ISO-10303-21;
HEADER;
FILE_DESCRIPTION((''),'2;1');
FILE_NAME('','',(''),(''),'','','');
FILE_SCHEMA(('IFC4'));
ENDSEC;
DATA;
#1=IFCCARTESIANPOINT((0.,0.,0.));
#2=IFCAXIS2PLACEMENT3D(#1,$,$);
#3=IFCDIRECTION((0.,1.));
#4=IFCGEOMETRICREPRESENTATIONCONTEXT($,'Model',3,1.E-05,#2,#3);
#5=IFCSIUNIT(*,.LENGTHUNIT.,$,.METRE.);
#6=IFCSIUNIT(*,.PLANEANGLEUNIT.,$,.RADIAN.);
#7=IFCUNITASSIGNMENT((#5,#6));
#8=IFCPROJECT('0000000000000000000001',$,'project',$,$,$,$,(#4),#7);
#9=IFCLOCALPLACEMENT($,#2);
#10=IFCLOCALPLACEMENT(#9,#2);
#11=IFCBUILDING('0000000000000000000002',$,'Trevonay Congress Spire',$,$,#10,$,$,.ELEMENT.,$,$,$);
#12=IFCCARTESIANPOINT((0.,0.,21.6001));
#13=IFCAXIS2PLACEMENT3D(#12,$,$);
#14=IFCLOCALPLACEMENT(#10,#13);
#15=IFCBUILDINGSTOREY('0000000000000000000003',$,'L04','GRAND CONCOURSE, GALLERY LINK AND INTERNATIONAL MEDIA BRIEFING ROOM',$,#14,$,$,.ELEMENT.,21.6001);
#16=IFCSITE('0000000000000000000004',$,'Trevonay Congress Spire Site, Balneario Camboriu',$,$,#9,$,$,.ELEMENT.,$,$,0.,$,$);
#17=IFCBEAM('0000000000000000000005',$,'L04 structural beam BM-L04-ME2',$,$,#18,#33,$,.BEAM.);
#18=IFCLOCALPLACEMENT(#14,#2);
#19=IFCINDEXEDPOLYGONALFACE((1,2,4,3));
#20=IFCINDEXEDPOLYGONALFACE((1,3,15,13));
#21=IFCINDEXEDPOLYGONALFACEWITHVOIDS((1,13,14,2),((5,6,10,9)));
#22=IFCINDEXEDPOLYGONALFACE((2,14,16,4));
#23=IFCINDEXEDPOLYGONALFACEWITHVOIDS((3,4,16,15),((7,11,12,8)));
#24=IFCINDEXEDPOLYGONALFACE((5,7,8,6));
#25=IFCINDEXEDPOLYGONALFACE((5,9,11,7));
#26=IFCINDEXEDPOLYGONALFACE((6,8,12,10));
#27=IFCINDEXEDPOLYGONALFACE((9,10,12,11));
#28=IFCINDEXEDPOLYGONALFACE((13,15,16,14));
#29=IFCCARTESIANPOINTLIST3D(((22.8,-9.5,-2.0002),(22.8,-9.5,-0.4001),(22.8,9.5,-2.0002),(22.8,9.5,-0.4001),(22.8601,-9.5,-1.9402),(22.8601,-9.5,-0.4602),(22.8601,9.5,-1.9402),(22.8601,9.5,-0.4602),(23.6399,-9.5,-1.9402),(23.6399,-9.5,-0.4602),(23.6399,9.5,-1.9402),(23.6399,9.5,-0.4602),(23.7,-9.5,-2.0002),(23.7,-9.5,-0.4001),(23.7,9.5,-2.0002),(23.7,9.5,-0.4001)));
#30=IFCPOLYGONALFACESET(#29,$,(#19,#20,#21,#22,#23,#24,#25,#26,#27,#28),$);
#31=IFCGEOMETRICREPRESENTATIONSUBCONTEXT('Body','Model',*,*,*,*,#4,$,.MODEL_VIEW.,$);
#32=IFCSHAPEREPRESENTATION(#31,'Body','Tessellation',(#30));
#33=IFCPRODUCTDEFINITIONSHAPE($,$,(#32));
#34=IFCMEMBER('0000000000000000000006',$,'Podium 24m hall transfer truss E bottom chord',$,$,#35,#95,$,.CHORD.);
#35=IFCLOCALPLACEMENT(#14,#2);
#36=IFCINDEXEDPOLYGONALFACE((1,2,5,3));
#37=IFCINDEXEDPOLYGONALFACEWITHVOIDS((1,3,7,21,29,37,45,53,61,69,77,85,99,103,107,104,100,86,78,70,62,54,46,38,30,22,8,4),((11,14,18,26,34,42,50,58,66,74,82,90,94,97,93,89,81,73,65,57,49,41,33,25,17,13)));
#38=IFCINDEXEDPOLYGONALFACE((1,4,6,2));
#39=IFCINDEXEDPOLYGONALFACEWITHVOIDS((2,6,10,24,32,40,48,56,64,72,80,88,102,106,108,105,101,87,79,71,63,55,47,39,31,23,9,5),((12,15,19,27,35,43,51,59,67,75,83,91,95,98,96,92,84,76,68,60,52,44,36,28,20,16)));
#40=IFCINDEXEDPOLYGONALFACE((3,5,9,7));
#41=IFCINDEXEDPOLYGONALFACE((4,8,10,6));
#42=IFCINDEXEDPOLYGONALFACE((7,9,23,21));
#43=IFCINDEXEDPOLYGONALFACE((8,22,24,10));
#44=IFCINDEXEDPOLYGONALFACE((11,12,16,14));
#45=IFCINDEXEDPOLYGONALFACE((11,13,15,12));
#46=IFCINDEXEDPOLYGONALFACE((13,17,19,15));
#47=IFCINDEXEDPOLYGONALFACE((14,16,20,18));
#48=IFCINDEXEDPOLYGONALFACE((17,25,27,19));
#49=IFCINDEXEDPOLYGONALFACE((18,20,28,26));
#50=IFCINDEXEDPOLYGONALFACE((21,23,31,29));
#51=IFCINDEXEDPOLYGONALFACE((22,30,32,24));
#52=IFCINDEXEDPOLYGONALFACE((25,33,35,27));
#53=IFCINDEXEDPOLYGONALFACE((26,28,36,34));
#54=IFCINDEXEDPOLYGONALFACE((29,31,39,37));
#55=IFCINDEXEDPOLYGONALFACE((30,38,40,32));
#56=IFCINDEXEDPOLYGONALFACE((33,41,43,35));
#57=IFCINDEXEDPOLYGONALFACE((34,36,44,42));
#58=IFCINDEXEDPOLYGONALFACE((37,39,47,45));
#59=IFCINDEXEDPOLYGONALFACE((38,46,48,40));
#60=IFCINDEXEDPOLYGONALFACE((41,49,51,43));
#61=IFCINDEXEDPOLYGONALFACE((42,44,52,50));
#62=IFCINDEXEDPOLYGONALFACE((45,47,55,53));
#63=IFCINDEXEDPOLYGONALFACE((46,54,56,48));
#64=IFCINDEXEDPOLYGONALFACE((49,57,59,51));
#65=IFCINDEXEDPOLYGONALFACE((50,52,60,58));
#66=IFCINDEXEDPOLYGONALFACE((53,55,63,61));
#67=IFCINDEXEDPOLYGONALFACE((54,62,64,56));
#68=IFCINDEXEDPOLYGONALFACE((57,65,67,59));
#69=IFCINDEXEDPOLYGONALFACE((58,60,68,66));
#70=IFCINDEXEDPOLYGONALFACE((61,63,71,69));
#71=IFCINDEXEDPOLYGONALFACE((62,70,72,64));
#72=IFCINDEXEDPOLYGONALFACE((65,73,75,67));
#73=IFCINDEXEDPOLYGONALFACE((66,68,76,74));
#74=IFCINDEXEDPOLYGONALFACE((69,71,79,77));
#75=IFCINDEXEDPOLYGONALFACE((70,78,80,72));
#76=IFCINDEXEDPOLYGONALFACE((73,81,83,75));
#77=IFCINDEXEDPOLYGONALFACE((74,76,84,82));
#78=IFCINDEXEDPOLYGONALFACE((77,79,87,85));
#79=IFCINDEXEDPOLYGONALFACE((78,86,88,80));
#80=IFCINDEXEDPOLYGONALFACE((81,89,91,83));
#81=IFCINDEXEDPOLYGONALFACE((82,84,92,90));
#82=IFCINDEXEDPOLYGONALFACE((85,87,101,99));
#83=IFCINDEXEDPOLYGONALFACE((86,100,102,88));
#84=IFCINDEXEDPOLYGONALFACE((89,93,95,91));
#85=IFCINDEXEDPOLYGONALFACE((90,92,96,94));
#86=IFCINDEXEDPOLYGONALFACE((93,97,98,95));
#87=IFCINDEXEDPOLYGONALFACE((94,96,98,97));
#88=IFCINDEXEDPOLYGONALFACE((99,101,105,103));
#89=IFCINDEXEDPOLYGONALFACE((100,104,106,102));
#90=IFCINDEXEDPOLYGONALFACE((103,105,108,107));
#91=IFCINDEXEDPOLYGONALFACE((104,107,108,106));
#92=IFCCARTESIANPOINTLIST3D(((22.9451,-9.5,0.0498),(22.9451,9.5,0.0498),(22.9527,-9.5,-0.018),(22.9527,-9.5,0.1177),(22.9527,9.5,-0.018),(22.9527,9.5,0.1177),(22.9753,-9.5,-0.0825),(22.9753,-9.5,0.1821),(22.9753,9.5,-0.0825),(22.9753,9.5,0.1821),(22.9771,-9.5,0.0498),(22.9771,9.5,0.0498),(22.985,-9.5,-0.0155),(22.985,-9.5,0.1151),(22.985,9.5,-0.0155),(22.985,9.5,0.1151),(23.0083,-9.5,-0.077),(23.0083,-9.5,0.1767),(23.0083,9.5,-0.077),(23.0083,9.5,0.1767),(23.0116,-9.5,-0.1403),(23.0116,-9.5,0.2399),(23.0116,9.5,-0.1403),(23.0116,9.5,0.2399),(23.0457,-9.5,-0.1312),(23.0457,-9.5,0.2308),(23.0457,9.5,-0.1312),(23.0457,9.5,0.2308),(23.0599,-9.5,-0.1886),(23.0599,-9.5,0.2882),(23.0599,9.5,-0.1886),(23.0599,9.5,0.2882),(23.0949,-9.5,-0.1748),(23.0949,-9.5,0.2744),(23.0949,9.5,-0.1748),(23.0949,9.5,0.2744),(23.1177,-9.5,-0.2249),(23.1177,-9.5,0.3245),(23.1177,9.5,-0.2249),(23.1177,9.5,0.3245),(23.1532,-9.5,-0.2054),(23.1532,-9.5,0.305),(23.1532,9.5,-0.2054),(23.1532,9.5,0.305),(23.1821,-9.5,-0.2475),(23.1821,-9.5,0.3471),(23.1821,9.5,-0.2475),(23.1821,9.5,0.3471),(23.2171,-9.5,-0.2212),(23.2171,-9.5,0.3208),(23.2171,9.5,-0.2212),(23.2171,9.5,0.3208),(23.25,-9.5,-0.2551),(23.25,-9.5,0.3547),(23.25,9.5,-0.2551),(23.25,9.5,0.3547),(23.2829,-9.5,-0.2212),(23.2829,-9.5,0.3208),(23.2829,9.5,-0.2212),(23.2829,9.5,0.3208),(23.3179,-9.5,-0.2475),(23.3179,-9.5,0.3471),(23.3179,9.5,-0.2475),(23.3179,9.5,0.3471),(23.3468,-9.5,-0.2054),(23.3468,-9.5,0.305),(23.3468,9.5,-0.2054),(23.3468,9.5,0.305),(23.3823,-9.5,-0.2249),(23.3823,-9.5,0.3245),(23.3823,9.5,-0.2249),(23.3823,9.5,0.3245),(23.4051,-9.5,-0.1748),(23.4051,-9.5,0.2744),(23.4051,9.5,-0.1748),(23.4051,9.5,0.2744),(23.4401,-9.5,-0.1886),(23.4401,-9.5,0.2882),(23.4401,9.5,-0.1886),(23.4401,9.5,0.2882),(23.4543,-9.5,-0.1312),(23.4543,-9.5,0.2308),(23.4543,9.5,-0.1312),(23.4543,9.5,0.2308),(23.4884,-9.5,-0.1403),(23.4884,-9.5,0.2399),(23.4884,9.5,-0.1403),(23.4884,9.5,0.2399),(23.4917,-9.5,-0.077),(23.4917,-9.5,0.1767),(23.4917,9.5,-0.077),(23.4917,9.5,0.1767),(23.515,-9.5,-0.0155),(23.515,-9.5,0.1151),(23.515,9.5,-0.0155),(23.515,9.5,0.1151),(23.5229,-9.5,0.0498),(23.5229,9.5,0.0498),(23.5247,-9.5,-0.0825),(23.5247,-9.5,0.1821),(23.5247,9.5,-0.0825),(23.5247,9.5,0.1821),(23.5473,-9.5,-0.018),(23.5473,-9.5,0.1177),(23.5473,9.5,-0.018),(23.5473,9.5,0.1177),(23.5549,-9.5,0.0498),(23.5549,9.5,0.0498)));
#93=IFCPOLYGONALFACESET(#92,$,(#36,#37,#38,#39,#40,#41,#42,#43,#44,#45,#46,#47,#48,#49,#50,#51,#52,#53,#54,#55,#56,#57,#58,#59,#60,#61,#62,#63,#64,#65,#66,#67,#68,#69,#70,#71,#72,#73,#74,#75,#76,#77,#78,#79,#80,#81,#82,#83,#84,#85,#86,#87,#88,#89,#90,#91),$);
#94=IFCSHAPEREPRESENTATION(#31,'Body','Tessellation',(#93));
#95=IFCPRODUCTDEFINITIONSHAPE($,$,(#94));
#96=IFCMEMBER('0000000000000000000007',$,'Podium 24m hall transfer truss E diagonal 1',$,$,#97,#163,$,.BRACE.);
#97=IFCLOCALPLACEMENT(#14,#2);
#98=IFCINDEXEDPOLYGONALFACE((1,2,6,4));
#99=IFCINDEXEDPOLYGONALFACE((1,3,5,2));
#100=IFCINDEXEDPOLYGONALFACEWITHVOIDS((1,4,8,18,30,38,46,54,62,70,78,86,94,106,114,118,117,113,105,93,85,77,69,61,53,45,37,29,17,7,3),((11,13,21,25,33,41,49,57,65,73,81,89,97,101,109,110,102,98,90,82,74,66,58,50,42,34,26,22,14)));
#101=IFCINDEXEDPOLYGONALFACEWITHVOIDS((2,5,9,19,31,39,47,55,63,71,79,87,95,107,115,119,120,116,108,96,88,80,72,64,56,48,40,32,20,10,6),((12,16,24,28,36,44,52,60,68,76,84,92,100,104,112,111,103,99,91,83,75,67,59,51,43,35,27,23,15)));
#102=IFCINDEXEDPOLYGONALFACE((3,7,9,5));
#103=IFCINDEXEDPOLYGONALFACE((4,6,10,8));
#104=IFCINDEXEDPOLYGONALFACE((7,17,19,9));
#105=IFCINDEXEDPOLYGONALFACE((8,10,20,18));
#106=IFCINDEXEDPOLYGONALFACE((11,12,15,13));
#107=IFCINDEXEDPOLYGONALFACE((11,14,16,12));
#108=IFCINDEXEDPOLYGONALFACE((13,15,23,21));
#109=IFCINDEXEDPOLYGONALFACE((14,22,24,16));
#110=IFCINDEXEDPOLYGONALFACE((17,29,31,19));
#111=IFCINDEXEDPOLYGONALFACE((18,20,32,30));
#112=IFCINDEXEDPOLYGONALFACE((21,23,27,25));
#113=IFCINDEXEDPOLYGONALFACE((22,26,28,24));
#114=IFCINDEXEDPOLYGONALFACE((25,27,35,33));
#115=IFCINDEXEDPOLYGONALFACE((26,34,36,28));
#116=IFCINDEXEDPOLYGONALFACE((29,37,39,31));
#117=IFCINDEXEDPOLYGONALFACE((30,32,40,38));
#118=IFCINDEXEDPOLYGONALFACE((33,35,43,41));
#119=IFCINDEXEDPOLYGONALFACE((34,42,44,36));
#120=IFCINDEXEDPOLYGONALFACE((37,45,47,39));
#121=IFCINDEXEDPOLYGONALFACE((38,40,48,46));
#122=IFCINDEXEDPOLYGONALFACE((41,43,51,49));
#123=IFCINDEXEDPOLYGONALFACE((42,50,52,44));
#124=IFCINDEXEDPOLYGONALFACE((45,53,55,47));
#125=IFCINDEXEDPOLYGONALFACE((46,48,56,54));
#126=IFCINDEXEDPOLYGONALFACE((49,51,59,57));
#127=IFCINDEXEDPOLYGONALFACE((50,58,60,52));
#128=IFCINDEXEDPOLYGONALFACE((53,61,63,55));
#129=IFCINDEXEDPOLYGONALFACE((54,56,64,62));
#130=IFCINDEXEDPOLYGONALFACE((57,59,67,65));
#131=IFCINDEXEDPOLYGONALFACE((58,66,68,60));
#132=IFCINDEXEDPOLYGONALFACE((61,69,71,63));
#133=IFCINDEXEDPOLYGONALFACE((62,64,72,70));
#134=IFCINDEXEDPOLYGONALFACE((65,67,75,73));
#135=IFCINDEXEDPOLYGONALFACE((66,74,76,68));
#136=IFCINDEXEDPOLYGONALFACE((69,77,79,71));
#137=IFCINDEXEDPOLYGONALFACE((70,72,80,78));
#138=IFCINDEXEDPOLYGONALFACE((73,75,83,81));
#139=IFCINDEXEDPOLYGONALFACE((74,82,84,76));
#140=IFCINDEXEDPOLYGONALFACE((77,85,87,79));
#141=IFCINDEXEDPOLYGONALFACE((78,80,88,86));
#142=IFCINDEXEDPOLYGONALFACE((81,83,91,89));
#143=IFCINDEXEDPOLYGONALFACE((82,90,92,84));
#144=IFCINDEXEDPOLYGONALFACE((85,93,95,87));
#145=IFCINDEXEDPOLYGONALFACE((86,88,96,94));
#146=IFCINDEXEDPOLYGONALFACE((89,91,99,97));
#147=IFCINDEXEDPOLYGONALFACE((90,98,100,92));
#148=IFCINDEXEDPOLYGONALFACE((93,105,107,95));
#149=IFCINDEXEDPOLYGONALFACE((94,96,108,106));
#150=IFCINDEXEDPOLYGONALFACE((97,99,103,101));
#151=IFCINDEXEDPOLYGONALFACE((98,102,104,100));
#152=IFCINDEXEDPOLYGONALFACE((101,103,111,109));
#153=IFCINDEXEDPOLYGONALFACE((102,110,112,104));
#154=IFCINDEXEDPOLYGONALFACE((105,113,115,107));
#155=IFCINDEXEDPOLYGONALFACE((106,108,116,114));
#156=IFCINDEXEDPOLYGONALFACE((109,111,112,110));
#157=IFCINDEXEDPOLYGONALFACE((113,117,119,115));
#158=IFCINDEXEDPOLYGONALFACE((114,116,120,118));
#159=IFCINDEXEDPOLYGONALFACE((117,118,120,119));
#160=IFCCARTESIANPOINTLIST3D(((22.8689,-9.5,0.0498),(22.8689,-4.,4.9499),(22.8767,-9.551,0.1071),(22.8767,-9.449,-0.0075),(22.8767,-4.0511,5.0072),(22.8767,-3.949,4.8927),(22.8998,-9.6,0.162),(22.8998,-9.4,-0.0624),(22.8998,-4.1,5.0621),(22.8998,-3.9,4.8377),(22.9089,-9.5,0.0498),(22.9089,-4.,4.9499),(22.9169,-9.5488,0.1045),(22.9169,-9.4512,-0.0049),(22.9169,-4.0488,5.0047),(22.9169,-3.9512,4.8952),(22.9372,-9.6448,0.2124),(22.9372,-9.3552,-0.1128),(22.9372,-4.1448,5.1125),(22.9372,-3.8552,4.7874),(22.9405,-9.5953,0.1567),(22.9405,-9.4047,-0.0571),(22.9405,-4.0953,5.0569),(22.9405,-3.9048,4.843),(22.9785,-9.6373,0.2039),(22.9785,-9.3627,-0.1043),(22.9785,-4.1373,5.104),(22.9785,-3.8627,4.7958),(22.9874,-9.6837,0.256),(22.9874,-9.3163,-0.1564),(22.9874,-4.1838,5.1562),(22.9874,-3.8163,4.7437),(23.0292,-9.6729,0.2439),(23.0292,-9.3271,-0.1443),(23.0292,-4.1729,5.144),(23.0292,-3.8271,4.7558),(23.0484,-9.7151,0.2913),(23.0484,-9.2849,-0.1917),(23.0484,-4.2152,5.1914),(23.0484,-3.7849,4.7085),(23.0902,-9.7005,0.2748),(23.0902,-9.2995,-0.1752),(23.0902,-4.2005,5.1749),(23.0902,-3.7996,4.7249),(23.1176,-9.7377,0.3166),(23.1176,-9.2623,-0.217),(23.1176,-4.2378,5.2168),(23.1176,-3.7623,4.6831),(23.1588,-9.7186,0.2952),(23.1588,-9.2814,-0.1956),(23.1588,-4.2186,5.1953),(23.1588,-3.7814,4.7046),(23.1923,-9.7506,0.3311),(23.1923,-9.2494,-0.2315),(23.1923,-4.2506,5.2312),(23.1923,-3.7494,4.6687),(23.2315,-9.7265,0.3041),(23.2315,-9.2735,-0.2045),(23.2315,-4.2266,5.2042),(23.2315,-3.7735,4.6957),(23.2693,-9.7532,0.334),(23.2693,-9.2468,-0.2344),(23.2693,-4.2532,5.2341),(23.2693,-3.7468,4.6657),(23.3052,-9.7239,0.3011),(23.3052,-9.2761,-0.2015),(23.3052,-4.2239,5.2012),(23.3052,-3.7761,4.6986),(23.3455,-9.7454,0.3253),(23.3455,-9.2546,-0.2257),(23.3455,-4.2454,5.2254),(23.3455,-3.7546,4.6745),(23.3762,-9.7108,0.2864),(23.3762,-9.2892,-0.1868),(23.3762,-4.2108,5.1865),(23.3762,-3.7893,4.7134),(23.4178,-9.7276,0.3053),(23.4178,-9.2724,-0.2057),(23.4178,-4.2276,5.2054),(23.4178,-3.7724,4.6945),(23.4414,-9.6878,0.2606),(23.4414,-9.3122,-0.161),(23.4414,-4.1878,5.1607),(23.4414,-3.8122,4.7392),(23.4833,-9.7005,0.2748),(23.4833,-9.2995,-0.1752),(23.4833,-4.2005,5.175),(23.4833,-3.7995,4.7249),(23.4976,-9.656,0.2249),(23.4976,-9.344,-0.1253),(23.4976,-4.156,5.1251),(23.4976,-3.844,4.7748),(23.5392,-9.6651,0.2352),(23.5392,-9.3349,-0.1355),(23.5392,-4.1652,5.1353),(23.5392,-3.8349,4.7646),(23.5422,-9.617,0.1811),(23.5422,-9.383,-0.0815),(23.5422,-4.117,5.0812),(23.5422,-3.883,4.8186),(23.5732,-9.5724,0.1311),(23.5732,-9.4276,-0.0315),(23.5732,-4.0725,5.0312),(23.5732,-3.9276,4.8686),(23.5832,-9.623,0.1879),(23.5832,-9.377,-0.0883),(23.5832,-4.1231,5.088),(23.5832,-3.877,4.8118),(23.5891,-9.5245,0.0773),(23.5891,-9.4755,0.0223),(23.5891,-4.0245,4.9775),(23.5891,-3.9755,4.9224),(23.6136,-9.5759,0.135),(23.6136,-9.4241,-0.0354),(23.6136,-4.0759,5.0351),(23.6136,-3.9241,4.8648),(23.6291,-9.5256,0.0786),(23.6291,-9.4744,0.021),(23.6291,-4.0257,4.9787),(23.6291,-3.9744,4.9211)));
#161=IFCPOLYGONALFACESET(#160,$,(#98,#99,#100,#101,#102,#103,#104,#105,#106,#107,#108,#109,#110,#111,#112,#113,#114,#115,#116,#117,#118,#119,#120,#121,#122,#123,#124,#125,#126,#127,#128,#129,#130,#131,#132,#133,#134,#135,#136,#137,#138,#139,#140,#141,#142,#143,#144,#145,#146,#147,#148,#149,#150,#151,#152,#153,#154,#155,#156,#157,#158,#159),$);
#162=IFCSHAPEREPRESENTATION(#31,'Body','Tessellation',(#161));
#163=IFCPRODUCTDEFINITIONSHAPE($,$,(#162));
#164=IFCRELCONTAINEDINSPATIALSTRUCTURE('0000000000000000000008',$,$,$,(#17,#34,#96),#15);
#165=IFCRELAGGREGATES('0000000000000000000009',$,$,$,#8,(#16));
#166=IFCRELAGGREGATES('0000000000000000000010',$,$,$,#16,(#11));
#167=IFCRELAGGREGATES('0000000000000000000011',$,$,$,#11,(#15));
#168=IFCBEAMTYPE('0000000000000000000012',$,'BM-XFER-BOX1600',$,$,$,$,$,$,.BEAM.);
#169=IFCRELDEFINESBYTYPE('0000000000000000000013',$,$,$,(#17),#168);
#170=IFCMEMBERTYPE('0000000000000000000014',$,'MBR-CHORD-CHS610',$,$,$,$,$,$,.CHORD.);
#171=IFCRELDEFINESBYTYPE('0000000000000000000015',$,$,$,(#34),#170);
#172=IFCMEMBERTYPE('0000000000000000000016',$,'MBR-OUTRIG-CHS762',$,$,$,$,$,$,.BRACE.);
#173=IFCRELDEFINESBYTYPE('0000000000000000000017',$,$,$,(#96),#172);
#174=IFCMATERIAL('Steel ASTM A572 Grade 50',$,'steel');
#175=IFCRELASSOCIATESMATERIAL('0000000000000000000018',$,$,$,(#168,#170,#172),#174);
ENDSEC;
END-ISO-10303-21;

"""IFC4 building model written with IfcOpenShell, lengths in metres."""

from ifc_helpers import new_model, si_unit, direction, frame, origin, origin_2d, place, context, subcontext, project, spatial, hollow_rectangle, hollow_circle, extrude, material, material_profile, profile_set, type_object, element, save


model = new_model("IFC4")

# Units and contexts
model_context = context("Model", 3, precision=1e-05, world=origin(), true_north=direction((0.0, 1.0)))
body_context = subcontext(model_context, "Body", "Model", "MODEL_VIEW")
ifc_project = project(units=[si_unit("LENGTHUNIT", "METRE"), si_unit("PLANEANGLEUNIT", "RADIAN")], contexts=[model_context])

# Site, building, storey
site_placement = place(None, origin())
site = spatial("IfcSite", under=ifc_project, at=site_placement, Name="Trevonay Congress Spire Site, Balneario Camboriu", CompositionType="ELEMENT", RefElevation=0.0)
building_placement = place(site_placement, origin())
building = spatial("IfcBuilding", under=site, at=building_placement, Name="Trevonay Congress Spire", CompositionType="ELEMENT")
storey_placement = place(building_placement, frame((0.0, 0.0, 21.6001)))
storey = spatial("IfcBuildingStorey", under=building, at=storey_placement, Name="L04", Description="GRAND CONCOURSE, GALLERY LINK AND INTERNATIONAL MEDIA BRIEFING ROOM", CompositionType="ELEMENT", Elevation=21.6001)

# Shared definitions
ifc_material_1 = material(Name="Steel ASTM A572 Grade 50", Category="steel")

# Beam
ifc_material_profile_1 = material_profile(ifc_material_1, hollow_rectangle(XDim=0.8999, YDim=1.6001, WallThickness=0.0601, at=origin_2d()), Name="BOX 1600x900x60")
ifc_profile_set_1 = profile_set([ifc_material_profile_1], Name="Steel ASTM A572 Grade 50")
beam_type_1 = type_object("IfcBeamType", Name="BM-XFER-BOX1600", PredefinedType="BEAM", material=ifc_profile_set_1)
beam_1_placement = place(storey_placement, frame((23.25, -9.5, -1.2002), z_axis=(0.0, 1.0, 0.0), x_axis=(-1.0, 0.0, 0.0)))
element("IfcBeam", 1, at=beam_1_placement, inside=storey, type_object=beam_type_1, Name="L04 structural beam BM-L04-ME2", PredefinedType="BEAM", context=body_context, shape_type="SweptSolid", body=[
    extrude(hollow_rectangle(XDim=0.8999, YDim=1.6001, WallThickness=0.0601, at=origin_2d()), origin(), (0.0, 0.0, 1.0), 19.0),
])

# Members
ifc_material_profile_2 = material_profile(ifc_material_1, hollow_circle(Radius=0.3049, WallThickness=0.032, at=origin_2d()), Name="CHS 610x32")
ifc_profile_set_2 = profile_set([ifc_material_profile_2], Name="Steel ASTM A572 Grade 50")
member_type_1 = type_object("IfcMemberType", Name="MBR-CHORD-CHS610", PredefinedType="CHORD", material=ifc_profile_set_2)
member_1_placement = place(storey_placement, frame((23.25, -9.5, 0.0498), z_axis=(0.0, 1.0, 0.0), x_axis=(-1.0, 0.0, 0.0)))
element("IfcMember", 2, at=member_1_placement, inside=storey, type_object=member_type_1, Name="Podium 24m hall transfer truss E bottom chord", PredefinedType="CHORD", context=body_context, shape_type="SweptSolid", body=[
    extrude(hollow_circle(Radius=0.3049, WallThickness=0.032, at=origin_2d()), origin(), (0.0, 0.0, 1.0), 19.0),
])
ifc_material_profile_3 = material_profile(ifc_material_1, hollow_circle(Radius=0.3811, WallThickness=0.04, at=origin_2d()), Name="CHS 762x40")
ifc_profile_set_3 = profile_set([ifc_material_profile_3], Name="Steel ASTM A572 Grade 50")
member_type_2 = type_object("IfcMemberType", Name="MBR-OUTRIG-CHS762", PredefinedType="BRACE", material=ifc_profile_set_3)
member_2_placement = place(storey_placement, frame((23.25, -9.5, 0.0498), z_axis=(0.0, 0.74665, 0.665217), x_axis=(-1.0, 0.0, 0.0)))
element("IfcMember", 3, at=member_2_placement, inside=storey, type_object=member_type_2, Name="Podium 24m hall transfer truss E diagonal 1", PredefinedType="BRACE", context=body_context, shape_type="SweptSolid", body=[
    extrude(hollow_circle(Radius=0.3811, WallThickness=0.04, at=origin_2d()), origin(), (0.0, 0.0, 1.0), 7.3662),
])

save(model, "model.ifc")
